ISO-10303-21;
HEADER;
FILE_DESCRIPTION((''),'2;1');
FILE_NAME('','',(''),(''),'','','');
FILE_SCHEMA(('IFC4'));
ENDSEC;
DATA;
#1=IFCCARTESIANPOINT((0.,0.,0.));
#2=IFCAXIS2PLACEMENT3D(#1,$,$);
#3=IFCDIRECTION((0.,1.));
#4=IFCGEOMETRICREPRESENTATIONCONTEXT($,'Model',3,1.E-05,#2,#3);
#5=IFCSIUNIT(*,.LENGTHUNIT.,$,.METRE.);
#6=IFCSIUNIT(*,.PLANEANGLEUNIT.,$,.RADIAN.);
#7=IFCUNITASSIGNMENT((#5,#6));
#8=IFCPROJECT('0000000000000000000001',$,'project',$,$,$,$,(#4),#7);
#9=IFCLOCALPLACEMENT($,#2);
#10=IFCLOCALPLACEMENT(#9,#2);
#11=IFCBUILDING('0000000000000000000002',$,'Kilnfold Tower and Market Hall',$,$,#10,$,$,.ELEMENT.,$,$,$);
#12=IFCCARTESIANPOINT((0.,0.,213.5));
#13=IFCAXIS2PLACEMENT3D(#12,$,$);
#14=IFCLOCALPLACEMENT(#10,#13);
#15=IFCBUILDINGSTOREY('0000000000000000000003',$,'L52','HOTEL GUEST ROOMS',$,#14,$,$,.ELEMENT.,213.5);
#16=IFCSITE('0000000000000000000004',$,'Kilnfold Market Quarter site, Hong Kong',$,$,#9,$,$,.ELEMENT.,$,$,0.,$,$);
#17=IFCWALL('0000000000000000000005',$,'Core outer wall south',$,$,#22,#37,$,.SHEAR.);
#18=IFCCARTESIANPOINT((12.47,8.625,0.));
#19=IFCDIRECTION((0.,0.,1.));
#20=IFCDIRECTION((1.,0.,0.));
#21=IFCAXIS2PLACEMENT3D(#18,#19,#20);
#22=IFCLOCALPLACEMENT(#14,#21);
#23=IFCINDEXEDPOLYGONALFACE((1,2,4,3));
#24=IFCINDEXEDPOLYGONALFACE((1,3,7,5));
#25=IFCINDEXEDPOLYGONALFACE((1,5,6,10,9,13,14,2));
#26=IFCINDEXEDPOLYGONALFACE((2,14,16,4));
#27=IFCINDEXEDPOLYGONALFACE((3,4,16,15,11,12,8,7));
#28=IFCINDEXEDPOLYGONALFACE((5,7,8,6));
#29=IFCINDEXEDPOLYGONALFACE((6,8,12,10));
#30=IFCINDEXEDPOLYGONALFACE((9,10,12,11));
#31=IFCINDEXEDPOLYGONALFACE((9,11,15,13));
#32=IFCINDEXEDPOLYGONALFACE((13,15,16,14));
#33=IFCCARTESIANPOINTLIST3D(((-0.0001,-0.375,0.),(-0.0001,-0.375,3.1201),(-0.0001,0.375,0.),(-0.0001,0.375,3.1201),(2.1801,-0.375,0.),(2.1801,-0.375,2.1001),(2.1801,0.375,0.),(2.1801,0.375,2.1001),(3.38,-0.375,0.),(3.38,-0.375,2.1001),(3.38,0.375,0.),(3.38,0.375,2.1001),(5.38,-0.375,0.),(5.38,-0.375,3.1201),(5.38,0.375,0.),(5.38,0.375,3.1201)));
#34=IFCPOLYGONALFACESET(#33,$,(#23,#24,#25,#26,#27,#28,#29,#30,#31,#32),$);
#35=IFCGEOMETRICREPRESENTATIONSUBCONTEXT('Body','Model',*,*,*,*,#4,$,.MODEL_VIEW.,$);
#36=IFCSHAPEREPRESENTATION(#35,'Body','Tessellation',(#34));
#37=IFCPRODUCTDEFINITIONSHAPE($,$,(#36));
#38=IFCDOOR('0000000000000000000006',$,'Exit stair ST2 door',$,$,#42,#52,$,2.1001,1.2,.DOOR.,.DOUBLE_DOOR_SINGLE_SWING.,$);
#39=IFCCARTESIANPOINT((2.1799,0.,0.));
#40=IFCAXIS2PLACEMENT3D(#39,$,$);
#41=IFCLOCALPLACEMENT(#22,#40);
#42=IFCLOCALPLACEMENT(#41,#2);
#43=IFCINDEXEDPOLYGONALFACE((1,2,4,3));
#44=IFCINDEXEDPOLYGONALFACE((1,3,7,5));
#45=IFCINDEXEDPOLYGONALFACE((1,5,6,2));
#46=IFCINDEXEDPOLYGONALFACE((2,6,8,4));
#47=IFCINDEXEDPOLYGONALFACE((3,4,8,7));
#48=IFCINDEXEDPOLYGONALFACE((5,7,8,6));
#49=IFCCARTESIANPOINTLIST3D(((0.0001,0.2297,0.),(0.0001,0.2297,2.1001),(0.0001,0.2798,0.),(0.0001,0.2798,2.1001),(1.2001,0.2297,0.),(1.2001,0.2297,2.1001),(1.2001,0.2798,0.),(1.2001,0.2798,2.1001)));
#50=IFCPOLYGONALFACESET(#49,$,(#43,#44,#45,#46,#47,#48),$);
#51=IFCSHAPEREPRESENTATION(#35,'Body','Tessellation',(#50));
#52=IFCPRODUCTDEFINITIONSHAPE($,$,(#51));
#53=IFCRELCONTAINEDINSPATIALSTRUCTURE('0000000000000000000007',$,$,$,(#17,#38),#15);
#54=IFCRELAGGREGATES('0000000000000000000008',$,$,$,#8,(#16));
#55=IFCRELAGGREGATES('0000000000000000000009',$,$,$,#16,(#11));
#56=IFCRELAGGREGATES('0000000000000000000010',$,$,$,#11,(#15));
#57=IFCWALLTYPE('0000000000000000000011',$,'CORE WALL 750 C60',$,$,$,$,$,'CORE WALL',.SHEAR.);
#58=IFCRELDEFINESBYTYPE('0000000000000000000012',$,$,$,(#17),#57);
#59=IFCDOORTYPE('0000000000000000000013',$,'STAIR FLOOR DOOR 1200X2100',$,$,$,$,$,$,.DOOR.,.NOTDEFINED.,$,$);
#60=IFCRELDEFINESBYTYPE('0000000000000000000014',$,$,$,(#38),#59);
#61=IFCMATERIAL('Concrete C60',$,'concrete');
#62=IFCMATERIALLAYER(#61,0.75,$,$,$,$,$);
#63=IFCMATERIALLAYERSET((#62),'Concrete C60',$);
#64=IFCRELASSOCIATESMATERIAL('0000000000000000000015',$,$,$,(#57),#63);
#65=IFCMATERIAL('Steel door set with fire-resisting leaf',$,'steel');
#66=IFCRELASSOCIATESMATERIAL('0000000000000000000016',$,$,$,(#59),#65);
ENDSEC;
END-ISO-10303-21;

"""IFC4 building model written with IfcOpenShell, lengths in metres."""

from ifc_helpers import new_model, si_unit, direction, frame, frame_2d, origin, place, context, subcontext, project, spatial, rectangle, extrude, source, transform, mapped, material, layer, layer_set, type_object, element, fill, save


model = new_model("IFC4")

# Units and contexts
model_context = context("Model", 3, precision=1e-05, world=origin(), true_north=direction((0.0, 1.0)))
body_context = subcontext(model_context, "Body", "Model", "MODEL_VIEW")
ifc_project = project(units=[si_unit("LENGTHUNIT", "METRE"), si_unit("PLANEANGLEUNIT", "RADIAN")], contexts=[model_context])

# Site, building, storey
site_placement = place(None, origin())
site = spatial("IfcSite", under=ifc_project, at=site_placement, Name="Kilnfold Market Quarter site, Hong Kong", CompositionType="ELEMENT", RefElevation=0.0)
building_placement = place(site_placement, origin())
building = spatial("IfcBuilding", under=site, at=building_placement, Name="Kilnfold Tower and Market Hall", CompositionType="ELEMENT")
storey_placement = place(building_placement, frame((0.0, 0.0, 213.5)))
storey = spatial("IfcBuildingStorey", under=building, at=storey_placement, Name="L52", Description="HOTEL GUEST ROOMS", CompositionType="ELEMENT", Elevation=213.5)

# Shared definitions
ifc_material_1 = material(Name="Concrete C60", Category="concrete")
ifc_layer_1 = layer(ifc_material_1, 0.75)
ifc_layer_set_1 = layer_set([ifc_layer_1], Name="Concrete C60")
wall_type_1 = type_object("IfcWallType", Name="CORE WALL 750 C60", ElementType="CORE WALL", PredefinedType="SHEAR", material=ifc_layer_set_1)

# Wall, opening, door
shared_shape_1 = source(origin(), body_context, "Body", "SweptSolid", [
    extrude(rectangle(XDim=5.3801, YDim=0.75, at=frame_2d((2.6899, 0.0))), origin(), (0.0, 0.0, 1.0), 3.1201),
])
wall_1_placement = place(storey_placement, frame((12.47, 8.625, 0.0), z_axis=(0.0, 0.0, 1.0), x_axis=(1.0, 0.0, 0.0)))
wall_1 = element("IfcWall", 1, at=wall_1_placement, inside=storey, type_object=wall_type_1, Name="Core outer wall south", PredefinedType="SHEAR", context=body_context, shape_type="MappedRepresentation", body=[
    mapped(shared_shape_1, transform((0.0, 0.0, 0.0))),
])
opening_1_placement = place(wall_1_placement, frame((2.1799, 0.0, 0.0)))
opening_1 = element("IfcOpeningElement", 2, at=opening_1_placement, cuts=wall_1, PredefinedType="OPENING", context=body_context, shape_type="SweptSolid", body=[
    extrude(rectangle(XDim=1.2, YDim=2.1001, at=frame_2d((0.6001, 1.05))), frame((0.0, 0.385, 0.0), z_axis=(0.0, -1.0, 0.0), x_axis=(1.0, 0.0, 0.0)), (0.0, 0.0, 1.0), 0.77),
])
ifc_material_2 = material(Name="Steel door set with fire-resisting leaf", Category="steel")
door_type_1 = type_object("IfcDoorType", Name="STAIR FLOOR DOOR 1200X2100", OperationType="NOTDEFINED", PredefinedType="DOOR", material=ifc_material_2)
door_1_placement = place(opening_1_placement, origin())
door_1 = element("IfcDoor", 3, at=door_1_placement, inside=storey, type_object=door_type_1, Name="Exit stair ST2 door", OperationType="DOUBLE_DOOR_SINGLE_SWING", OverallHeight=2.1001, OverallWidth=1.2, PredefinedType="DOOR", context=body_context, shape_type="SweptSolid", body=[
    extrude(rectangle(XDim=1.2, YDim=2.1001, at=frame_2d((0.6001, 1.05))), frame((0.0, 0.2798, 0.0), z_axis=(0.0, -1.0, 0.0), x_axis=(1.0, 0.0, 0.0)), (0.0, 0.0, 1.0), 0.05),
])
fill(opening_1, door_1)

save(model, "model.ifc")
